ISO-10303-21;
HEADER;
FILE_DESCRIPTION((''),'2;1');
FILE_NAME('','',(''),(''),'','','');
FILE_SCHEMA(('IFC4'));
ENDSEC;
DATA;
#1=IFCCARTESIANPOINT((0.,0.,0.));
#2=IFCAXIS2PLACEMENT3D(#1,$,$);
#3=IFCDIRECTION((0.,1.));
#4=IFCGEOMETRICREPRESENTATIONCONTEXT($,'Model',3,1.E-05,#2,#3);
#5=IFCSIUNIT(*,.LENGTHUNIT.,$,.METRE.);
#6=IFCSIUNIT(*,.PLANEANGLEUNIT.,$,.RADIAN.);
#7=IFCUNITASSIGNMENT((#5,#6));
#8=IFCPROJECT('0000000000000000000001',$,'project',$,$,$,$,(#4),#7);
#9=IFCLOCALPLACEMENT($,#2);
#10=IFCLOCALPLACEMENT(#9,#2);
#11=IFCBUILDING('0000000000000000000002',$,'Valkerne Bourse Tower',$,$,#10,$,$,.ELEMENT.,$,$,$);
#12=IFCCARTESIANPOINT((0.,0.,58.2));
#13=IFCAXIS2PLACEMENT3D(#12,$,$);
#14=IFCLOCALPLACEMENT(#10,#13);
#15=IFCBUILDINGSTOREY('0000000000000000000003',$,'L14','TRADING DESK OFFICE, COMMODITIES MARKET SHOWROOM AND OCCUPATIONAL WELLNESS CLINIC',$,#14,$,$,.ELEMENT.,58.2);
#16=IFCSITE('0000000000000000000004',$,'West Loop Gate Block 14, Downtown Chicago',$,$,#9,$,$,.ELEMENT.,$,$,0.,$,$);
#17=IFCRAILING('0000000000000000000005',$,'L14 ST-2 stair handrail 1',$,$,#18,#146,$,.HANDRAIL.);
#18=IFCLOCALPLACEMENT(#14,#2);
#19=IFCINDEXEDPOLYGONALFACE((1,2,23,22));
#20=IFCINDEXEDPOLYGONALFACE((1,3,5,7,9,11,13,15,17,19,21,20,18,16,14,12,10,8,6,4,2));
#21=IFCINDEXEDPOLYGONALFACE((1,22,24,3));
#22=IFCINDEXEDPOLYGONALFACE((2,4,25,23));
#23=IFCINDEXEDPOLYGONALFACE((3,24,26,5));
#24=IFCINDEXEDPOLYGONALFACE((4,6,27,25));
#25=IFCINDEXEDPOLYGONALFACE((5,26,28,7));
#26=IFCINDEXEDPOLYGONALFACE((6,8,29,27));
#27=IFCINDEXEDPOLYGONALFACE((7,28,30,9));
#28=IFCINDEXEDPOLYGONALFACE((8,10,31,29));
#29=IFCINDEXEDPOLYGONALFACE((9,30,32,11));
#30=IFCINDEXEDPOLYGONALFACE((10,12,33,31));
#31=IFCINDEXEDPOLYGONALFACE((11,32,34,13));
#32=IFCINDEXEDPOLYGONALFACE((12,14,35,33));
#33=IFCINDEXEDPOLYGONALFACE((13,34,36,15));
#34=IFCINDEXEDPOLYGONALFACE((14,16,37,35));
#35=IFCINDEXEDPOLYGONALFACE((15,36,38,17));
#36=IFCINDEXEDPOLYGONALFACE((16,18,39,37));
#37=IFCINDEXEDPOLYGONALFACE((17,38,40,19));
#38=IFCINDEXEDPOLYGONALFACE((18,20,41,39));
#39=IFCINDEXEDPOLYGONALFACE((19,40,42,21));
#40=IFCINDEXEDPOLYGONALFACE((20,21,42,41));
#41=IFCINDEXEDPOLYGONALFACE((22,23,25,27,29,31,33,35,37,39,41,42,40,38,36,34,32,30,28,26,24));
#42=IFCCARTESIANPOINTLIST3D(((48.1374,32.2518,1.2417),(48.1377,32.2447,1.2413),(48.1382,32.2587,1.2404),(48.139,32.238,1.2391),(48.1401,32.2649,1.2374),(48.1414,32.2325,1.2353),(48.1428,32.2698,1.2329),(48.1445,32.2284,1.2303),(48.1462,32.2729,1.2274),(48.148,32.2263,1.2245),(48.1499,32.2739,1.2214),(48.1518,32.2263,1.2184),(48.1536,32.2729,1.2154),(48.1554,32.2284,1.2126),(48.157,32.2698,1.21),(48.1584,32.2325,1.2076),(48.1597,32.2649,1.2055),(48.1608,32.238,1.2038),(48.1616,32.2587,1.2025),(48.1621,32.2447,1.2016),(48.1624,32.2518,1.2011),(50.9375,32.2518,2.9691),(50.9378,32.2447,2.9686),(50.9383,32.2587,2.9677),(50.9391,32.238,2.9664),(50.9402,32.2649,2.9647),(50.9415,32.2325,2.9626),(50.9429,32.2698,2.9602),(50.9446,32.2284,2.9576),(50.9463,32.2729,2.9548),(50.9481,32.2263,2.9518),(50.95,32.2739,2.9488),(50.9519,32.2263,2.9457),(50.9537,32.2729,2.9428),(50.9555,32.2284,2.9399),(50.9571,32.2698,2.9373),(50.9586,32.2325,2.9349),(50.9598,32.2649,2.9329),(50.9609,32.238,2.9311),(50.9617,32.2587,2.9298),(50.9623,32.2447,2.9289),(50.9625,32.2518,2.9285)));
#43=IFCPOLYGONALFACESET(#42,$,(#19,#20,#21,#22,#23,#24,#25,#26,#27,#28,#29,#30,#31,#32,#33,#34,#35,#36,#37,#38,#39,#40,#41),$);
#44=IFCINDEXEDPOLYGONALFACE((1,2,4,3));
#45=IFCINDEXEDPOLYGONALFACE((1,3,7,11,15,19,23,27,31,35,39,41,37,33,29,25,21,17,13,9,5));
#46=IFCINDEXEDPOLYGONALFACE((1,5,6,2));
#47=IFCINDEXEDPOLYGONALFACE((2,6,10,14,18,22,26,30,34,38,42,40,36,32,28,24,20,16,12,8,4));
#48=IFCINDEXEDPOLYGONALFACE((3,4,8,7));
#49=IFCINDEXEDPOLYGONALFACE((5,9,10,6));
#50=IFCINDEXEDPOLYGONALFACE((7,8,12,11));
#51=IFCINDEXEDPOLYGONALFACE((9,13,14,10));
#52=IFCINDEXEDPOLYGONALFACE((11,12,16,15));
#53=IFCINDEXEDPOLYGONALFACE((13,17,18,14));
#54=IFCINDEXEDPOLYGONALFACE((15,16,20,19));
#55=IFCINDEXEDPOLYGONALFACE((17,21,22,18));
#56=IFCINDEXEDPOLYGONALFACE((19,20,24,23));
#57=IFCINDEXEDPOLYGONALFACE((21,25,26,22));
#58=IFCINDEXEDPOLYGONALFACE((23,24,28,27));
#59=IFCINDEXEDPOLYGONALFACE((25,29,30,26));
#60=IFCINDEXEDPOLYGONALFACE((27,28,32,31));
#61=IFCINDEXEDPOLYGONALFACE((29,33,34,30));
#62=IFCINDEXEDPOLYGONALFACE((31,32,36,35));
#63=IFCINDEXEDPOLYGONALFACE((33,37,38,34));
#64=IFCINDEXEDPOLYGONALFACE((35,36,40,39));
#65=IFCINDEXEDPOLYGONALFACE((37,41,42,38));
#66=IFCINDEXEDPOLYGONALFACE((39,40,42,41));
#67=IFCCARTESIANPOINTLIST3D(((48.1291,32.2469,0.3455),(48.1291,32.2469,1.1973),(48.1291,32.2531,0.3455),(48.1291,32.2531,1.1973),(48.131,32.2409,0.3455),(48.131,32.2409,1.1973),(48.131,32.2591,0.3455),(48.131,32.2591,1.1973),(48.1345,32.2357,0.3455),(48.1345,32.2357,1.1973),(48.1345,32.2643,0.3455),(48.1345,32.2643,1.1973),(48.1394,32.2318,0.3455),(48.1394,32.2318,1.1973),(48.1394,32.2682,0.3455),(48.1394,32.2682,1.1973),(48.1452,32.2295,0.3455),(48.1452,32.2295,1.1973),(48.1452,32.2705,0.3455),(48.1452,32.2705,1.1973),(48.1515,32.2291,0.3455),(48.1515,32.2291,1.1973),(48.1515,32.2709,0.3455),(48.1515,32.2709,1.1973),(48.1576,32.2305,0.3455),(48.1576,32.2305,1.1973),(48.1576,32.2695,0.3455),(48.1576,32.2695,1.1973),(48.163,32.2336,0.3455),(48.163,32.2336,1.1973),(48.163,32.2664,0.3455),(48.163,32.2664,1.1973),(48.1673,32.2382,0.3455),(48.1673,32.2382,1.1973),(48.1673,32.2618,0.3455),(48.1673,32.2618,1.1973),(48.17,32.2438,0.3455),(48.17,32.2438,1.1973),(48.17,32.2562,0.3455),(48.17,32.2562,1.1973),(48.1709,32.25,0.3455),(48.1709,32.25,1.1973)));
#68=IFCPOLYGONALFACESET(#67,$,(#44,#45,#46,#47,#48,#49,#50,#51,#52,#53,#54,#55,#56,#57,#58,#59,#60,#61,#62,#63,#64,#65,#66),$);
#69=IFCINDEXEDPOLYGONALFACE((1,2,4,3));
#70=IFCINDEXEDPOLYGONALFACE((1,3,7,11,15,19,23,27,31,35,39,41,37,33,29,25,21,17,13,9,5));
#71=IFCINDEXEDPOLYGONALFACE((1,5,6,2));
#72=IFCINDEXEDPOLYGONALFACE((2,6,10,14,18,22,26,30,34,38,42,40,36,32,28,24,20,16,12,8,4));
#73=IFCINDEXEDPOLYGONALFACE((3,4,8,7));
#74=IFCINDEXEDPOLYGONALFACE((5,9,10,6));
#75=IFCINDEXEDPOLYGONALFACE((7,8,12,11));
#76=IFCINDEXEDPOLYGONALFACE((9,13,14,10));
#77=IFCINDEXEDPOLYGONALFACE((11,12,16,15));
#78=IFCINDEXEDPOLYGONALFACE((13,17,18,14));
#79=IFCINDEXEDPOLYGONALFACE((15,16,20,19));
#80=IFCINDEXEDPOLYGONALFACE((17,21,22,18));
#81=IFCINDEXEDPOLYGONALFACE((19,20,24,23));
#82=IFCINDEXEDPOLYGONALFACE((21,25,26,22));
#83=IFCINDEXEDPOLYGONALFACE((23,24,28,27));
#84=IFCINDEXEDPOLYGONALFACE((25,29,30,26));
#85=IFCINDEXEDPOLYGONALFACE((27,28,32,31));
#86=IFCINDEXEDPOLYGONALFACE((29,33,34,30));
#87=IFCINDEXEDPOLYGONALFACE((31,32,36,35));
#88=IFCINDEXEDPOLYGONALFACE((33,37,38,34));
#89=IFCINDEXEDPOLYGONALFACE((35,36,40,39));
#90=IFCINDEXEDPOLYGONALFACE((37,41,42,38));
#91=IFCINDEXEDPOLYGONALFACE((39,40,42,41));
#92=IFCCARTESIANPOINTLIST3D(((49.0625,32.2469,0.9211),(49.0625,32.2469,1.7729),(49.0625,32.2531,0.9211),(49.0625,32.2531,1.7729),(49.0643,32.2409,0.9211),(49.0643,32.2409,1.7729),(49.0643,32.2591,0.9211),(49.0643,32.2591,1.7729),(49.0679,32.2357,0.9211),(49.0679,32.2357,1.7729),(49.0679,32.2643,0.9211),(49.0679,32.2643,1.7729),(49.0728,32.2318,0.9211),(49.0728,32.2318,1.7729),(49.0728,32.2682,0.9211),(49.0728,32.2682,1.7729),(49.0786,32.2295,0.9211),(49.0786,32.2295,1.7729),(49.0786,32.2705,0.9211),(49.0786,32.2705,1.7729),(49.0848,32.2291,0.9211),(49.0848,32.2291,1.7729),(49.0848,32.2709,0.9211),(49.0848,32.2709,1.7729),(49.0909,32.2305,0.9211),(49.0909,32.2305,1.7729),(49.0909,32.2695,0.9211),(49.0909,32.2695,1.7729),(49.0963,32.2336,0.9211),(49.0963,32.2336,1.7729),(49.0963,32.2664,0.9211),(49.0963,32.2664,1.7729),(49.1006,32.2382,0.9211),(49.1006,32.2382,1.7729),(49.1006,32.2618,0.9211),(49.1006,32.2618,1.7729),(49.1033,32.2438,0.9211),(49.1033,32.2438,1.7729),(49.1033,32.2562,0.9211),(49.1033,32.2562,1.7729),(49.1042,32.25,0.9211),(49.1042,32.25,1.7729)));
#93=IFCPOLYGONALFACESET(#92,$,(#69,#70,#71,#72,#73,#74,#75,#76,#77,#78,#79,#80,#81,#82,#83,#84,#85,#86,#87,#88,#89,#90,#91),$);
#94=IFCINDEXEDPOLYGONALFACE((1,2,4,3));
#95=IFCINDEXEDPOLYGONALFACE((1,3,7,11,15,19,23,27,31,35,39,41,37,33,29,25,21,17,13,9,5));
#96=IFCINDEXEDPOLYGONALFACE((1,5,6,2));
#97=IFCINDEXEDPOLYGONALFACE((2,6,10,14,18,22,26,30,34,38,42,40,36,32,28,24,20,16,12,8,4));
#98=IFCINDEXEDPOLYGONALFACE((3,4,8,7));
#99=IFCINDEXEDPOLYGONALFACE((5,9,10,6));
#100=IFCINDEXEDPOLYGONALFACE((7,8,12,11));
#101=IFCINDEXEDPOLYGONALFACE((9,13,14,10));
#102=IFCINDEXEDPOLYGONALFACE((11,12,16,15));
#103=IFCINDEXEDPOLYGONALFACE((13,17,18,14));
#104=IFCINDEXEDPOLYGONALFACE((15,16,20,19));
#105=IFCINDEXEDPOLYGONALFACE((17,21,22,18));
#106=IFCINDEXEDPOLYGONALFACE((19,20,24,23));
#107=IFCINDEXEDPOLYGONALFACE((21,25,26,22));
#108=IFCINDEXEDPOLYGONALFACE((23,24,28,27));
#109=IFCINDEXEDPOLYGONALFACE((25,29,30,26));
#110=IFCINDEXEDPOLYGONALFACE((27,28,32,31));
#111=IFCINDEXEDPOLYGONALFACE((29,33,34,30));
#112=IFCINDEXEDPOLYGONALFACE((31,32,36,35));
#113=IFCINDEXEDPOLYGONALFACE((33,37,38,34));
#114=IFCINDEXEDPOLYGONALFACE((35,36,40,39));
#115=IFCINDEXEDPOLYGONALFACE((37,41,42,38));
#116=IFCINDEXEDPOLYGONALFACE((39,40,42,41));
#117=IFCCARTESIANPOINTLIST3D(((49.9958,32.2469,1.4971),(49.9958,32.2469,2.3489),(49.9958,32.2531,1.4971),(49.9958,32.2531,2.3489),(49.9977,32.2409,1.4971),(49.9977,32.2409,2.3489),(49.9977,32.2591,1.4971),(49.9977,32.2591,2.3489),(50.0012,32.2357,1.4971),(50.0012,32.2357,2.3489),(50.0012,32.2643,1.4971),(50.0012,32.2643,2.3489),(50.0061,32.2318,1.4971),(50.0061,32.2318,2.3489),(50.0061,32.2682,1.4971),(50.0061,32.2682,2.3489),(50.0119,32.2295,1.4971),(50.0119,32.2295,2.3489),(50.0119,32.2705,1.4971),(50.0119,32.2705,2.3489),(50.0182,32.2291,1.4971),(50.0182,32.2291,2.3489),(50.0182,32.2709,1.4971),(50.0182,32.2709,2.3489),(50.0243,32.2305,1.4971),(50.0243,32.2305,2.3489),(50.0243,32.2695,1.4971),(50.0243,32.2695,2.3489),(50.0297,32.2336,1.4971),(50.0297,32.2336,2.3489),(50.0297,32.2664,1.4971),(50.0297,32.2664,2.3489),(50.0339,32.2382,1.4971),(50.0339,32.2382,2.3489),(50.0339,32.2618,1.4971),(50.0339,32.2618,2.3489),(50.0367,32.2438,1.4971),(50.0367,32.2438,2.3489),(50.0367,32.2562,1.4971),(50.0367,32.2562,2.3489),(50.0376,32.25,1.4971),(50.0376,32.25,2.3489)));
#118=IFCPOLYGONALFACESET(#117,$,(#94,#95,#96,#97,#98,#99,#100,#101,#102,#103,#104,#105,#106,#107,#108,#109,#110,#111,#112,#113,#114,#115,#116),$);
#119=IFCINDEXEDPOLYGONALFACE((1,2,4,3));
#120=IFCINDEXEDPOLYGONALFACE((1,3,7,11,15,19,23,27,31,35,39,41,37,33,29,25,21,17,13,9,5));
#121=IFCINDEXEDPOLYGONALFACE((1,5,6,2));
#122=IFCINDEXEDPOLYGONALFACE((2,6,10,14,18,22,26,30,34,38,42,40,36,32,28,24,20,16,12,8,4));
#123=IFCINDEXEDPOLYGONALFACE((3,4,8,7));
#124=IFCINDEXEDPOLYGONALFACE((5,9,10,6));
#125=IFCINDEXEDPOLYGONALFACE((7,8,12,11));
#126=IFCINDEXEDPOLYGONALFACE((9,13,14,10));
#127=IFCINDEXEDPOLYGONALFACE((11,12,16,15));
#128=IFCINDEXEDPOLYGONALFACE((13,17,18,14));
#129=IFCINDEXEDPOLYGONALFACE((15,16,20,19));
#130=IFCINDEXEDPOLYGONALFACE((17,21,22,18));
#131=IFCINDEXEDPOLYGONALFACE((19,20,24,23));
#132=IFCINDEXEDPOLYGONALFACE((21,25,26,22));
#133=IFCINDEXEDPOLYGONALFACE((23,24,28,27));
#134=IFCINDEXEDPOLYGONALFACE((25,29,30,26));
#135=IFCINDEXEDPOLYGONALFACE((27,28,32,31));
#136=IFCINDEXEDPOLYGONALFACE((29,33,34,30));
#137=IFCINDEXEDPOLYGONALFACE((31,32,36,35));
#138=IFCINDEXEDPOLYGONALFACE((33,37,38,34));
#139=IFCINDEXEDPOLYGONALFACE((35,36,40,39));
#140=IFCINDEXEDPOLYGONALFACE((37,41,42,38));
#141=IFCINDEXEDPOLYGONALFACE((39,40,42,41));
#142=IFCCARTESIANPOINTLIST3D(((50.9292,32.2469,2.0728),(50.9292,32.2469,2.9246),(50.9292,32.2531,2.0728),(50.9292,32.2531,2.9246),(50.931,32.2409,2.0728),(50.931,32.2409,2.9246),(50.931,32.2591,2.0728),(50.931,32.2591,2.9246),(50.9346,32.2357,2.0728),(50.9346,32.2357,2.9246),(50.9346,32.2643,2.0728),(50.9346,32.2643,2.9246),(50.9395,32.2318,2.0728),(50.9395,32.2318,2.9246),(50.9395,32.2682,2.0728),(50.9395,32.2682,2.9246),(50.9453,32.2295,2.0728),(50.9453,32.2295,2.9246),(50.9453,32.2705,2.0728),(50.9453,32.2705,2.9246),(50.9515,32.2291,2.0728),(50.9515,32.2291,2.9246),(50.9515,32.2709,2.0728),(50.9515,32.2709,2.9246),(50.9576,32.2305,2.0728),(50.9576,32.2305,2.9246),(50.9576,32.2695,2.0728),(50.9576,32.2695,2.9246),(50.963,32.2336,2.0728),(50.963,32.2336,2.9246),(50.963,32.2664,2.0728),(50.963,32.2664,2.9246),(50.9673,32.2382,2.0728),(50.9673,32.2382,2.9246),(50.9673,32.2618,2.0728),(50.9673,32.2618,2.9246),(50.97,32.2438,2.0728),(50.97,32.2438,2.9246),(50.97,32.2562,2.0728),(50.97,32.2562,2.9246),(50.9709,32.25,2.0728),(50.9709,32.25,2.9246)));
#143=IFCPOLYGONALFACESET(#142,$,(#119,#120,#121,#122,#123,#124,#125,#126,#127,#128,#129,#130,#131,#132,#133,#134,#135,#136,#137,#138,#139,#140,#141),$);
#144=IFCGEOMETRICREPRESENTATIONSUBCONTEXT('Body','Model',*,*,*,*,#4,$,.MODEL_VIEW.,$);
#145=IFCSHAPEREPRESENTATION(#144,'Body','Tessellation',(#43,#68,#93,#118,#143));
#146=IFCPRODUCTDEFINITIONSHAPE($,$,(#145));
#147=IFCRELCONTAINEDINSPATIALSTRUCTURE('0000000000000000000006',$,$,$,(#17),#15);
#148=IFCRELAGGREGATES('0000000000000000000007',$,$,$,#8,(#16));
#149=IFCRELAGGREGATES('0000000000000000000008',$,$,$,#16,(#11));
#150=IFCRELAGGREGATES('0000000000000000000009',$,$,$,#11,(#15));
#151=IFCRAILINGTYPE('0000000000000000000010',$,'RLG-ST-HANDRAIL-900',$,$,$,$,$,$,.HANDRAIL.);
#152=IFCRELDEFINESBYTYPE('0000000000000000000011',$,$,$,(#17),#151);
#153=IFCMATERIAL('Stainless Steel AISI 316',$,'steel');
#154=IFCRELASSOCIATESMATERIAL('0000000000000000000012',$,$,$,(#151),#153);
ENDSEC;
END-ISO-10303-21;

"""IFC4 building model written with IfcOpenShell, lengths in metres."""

from ifc_helpers import new_model, si_unit, direction, frame, origin, origin_2d, place, context, subcontext, project, spatial, circle, extrude, material, type_object, element, save


model = new_model("IFC4")

# Units and contexts
model_context = context("Model", 3, precision=1e-05, world=origin(), true_north=direction((0.0, 1.0)))
body_context = subcontext(model_context, "Body", "Model", "MODEL_VIEW")
ifc_project = project(units=[si_unit("LENGTHUNIT", "METRE"), si_unit("PLANEANGLEUNIT", "RADIAN")], contexts=[model_context])

# Site, building, storey
site_placement = place(None, origin())
site = spatial("IfcSite", under=ifc_project, at=site_placement, Name="West Loop Gate Block 14, Downtown Chicago", CompositionType="ELEMENT", RefElevation=0.0)
building_placement = place(site_placement, origin())
building = spatial("IfcBuilding", under=site, at=building_placement, Name="Valkerne Bourse Tower", CompositionType="ELEMENT")
storey_placement = place(building_placement, frame((0.0, 0.0, 58.2)))
storey = spatial("IfcBuildingStorey", under=building, at=storey_placement, Name="L14", Description="TRADING DESK OFFICE, COMMODITIES MARKET SHOWROOM AND OCCUPATIONAL WELLNESS CLINIC", CompositionType="ELEMENT", Elevation=58.2)

# Shared definitions
ifc_material_1 = material(Name="Stainless Steel AISI 316", Category="steel")

# Railing
railing_type_1 = type_object("IfcRailingType", Name="RLG-ST-HANDRAIL-900", PredefinedType="HANDRAIL", material=ifc_material_1)
railing_1_placement = place(storey_placement, frame((48.1499, 32.25, 0.3455)))
element("IfcRailing", 1, at=railing_1_placement, inside=storey, type_object=railing_type_1, Name="L14 ST-2 stair handrail 1", PredefinedType="HANDRAIL", context=body_context, shape_type="SweptSolid", body=[
    extrude(circle(Radius=0.0239, at=origin_2d()), frame((0.0, 0.0, 0.876), z_axis=(0.85109, 0.0, 0.52502), x_axis=(0.0, 1.0, 0.0)), (0.0, 0.0, 1.0), 3.29),
    extrude(circle(Radius=0.021, at=origin_2d()), origin(), (0.0, 0.0, 1.0), 0.8518),
    extrude(circle(Radius=0.021, at=origin_2d()), frame((0.9333, 0.0, 0.5757)), (0.0, 0.0, 1.0), 0.8518),
    extrude(circle(Radius=0.021, at=origin_2d()), frame((1.8667, 0.0, 1.1516)), (0.0, 0.0, 1.0), 0.8518),
    extrude(circle(Radius=0.021, at=origin_2d()), frame((2.8, 0.0, 1.7273)), (0.0, 0.0, 1.0), 0.8518),
])

save(model, "model.ifc")
